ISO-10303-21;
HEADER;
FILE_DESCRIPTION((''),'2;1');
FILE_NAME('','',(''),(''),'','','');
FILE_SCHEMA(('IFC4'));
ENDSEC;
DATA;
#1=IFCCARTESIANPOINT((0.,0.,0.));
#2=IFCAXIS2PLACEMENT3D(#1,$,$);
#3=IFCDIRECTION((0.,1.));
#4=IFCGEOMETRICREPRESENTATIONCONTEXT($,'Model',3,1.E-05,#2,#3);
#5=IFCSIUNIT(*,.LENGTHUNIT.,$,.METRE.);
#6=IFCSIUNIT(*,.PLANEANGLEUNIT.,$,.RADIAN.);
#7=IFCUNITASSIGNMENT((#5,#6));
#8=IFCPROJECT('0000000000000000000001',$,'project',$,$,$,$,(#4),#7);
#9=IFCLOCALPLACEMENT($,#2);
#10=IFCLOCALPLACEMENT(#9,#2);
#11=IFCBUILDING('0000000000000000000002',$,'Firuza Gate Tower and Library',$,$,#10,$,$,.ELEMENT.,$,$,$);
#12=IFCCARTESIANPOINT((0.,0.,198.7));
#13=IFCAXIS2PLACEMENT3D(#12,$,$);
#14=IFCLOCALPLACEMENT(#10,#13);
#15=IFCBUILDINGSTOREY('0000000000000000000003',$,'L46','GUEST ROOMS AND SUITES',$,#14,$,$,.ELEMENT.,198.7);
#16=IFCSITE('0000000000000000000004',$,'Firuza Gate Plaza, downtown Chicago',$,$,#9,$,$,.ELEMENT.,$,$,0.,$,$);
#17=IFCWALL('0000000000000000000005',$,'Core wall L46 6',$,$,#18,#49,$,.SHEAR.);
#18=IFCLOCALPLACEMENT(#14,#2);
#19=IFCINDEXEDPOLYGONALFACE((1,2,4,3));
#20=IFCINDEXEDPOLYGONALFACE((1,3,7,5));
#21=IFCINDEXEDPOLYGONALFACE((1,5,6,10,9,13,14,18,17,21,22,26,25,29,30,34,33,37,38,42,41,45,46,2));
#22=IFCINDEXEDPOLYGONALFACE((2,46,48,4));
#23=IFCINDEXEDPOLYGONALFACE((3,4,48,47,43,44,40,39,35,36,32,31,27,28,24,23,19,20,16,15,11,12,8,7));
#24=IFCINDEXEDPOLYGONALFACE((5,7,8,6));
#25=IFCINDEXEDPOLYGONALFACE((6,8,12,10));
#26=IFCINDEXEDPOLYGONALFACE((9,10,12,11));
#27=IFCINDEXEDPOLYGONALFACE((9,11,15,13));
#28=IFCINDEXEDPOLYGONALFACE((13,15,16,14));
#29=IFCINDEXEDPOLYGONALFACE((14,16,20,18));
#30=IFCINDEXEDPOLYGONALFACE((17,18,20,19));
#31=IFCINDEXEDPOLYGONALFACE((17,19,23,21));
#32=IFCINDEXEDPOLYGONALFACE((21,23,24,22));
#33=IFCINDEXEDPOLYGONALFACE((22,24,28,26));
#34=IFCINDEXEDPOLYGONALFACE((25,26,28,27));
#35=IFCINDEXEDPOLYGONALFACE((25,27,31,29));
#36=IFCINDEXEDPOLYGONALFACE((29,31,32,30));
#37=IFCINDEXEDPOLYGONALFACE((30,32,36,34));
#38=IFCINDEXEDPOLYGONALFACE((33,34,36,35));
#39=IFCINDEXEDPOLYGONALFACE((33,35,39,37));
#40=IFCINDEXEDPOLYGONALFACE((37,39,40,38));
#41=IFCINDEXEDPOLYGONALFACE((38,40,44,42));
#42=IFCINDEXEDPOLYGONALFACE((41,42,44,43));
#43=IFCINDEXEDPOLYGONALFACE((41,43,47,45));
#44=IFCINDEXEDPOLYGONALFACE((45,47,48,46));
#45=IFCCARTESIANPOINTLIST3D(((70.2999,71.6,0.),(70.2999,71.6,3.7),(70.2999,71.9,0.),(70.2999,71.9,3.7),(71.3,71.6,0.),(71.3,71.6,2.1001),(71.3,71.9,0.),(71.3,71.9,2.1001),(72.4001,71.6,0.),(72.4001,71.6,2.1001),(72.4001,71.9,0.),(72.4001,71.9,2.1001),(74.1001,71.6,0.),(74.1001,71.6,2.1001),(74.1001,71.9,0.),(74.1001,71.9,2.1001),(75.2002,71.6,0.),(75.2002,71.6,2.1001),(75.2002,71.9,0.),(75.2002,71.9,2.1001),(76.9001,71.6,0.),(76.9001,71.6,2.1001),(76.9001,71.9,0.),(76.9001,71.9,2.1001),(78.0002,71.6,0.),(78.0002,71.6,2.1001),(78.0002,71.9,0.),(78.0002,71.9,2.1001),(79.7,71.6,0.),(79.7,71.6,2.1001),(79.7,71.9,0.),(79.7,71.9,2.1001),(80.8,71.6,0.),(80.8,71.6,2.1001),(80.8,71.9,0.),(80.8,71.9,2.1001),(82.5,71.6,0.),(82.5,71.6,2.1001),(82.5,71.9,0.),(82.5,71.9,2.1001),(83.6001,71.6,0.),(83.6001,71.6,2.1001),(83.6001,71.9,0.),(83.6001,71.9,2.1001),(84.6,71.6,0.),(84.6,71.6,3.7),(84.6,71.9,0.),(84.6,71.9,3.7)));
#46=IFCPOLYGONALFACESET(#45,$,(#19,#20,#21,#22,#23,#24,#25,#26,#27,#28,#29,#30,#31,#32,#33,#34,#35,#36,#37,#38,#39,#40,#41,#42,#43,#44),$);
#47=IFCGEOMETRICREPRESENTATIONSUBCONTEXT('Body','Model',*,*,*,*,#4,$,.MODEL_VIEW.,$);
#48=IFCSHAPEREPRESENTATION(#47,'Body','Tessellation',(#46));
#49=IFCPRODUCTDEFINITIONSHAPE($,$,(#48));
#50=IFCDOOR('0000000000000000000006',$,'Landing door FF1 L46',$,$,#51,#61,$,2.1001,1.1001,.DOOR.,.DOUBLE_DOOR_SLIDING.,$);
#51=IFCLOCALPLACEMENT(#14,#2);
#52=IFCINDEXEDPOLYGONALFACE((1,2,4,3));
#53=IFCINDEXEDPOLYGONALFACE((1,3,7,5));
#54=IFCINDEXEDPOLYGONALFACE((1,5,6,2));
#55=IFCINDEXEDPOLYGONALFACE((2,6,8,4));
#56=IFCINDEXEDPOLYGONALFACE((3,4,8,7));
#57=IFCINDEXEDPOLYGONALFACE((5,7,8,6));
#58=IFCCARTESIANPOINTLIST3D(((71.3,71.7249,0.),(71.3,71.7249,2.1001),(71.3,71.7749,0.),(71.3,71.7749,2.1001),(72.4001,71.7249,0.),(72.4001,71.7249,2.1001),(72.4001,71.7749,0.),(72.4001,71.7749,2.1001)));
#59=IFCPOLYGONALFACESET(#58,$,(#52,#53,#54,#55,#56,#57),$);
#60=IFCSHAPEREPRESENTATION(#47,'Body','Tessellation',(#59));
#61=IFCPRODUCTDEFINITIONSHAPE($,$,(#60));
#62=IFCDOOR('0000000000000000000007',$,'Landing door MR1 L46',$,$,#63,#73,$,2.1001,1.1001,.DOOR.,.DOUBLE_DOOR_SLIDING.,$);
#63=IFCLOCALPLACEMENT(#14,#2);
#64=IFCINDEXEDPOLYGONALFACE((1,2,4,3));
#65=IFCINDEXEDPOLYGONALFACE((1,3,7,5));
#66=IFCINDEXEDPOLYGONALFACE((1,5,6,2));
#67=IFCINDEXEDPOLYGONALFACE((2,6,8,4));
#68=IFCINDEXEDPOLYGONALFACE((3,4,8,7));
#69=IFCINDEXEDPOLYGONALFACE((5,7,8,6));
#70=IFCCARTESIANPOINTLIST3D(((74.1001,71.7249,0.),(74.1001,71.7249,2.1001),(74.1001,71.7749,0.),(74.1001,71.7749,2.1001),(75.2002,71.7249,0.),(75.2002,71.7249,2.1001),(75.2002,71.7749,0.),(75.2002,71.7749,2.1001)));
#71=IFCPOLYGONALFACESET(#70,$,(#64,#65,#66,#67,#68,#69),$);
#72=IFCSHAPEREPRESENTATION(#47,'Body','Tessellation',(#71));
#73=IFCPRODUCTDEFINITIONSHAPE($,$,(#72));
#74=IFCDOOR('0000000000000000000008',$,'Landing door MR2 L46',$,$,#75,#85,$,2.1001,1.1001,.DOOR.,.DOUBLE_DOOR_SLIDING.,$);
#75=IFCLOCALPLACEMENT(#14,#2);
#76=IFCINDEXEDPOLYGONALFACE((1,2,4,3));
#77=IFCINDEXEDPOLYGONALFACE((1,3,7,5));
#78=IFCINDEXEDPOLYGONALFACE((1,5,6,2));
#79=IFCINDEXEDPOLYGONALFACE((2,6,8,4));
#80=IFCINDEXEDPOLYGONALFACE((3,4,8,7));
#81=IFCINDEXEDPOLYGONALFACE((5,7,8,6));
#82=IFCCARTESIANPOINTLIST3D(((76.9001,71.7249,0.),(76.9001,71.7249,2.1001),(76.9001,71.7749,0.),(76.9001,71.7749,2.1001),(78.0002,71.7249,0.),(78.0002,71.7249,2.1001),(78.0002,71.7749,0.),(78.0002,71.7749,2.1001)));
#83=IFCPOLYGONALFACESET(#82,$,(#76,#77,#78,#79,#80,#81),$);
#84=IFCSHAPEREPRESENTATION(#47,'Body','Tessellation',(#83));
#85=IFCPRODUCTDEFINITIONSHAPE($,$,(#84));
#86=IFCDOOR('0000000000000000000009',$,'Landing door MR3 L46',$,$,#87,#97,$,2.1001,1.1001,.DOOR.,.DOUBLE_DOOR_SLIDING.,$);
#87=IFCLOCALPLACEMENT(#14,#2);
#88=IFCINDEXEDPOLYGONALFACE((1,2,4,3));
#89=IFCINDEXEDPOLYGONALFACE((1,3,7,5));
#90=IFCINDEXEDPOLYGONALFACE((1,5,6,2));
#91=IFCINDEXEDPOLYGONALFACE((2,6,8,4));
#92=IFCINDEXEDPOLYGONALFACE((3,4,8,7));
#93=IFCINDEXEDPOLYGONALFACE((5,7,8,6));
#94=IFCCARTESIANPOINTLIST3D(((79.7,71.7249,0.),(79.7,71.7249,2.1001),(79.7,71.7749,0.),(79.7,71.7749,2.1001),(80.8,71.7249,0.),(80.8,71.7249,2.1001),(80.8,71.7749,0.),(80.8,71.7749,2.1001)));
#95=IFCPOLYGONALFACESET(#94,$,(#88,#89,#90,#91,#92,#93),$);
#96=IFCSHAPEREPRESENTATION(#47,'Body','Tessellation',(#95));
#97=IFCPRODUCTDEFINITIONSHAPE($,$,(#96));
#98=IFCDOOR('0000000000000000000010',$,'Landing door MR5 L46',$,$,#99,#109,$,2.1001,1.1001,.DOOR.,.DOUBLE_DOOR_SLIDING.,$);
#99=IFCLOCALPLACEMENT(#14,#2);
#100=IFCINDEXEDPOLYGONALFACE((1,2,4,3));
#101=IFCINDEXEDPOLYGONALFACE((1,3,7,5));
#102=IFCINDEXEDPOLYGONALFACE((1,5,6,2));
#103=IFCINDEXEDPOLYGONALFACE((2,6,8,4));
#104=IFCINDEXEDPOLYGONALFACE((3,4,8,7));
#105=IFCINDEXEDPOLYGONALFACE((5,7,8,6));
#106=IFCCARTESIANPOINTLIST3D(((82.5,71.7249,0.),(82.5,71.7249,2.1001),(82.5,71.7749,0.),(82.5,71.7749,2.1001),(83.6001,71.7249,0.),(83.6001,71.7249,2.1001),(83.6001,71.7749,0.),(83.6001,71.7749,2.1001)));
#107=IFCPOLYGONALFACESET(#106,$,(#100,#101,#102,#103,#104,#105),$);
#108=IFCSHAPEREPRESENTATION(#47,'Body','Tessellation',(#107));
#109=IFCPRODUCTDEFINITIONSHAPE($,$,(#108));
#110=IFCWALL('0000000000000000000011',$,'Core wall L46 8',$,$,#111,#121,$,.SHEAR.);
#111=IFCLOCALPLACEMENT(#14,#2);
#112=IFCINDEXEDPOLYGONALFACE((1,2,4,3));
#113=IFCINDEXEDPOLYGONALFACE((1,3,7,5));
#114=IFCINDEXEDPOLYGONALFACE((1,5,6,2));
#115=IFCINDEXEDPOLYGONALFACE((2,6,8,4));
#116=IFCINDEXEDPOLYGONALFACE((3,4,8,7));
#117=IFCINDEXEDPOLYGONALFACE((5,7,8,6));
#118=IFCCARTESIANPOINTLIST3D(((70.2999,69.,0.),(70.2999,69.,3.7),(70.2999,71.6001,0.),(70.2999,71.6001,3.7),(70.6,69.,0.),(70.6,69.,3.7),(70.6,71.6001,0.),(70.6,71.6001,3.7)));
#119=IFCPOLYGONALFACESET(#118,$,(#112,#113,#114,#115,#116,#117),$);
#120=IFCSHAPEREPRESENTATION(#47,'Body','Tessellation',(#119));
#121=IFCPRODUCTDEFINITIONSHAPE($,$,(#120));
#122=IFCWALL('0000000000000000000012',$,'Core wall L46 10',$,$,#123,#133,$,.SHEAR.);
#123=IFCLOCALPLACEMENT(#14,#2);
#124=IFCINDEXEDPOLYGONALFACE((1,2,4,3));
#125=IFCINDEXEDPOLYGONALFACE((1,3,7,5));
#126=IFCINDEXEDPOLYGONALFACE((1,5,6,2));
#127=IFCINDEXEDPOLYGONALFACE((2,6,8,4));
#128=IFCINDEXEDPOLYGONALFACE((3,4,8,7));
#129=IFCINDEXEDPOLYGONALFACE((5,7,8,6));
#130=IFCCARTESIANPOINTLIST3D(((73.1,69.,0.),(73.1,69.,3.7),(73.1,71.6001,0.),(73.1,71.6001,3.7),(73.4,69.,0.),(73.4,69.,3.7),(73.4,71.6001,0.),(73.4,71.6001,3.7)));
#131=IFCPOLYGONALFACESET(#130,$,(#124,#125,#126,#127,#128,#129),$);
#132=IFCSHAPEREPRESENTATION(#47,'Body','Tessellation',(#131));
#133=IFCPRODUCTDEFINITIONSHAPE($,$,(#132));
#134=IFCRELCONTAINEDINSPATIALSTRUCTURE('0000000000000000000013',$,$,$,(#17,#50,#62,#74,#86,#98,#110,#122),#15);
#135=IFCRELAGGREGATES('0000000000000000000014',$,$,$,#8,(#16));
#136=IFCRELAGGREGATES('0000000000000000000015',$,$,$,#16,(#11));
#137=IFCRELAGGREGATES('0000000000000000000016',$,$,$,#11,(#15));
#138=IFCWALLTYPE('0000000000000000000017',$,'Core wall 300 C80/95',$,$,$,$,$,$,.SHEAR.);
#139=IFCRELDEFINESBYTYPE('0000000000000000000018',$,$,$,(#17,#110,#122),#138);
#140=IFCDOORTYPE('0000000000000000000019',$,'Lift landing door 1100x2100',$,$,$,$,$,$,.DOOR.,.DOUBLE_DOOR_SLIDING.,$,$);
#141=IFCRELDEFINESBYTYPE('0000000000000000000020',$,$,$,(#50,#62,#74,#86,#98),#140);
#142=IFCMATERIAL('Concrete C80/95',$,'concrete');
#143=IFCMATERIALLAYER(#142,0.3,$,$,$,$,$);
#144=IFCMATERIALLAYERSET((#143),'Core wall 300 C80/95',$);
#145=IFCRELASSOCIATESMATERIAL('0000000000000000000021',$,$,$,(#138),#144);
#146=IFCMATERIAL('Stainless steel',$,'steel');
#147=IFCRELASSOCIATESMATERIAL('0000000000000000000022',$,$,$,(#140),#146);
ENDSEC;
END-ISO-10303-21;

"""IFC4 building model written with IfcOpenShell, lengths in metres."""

from ifc_helpers import new_model, si_unit, direction, frame, frame_2d, origin, place, context, subcontext, project, spatial, rectangle, extrude, material, layer, layer_set, type_object, element, fill, save


model = new_model("IFC4")

# Units and contexts
model_context = context("Model", 3, precision=1e-05, world=origin(), true_north=direction((0.0, 1.0)))
body_context = subcontext(model_context, "Body", "Model", "MODEL_VIEW")
ifc_project = project(units=[si_unit("LENGTHUNIT", "METRE"), si_unit("PLANEANGLEUNIT", "RADIAN")], contexts=[model_context])

# Site, building, storey
site_placement = place(None, origin())
site = spatial("IfcSite", under=ifc_project, at=site_placement, Name="Firuza Gate Plaza, downtown Chicago", CompositionType="ELEMENT", RefElevation=0.0)
building_placement = place(site_placement, origin())
building = spatial("IfcBuilding", under=site, at=building_placement, Name="Firuza Gate Tower and Library", CompositionType="ELEMENT")
storey_placement = place(building_placement, frame((0.0, 0.0, 198.7)))
storey = spatial("IfcBuildingStorey", under=building, at=storey_placement, Name="L46", Description="GUEST ROOMS AND SUITES", CompositionType="ELEMENT", Elevation=198.7)

# Shared definitions
ifc_material_1 = material(Name="Concrete C80/95", Category="concrete")
ifc_layer_1 = layer(ifc_material_1, 0.3)
ifc_layer_set_1 = layer_set([ifc_layer_1], Name="Core wall 300 C80/95")
wall_type_1 = type_object("IfcWallType", Name="Core wall 300 C80/95", PredefinedType="SHEAR", material=ifc_layer_set_1)

# Wall, openings, doors
wall_1_placement = place(storey_placement, frame((70.3, 71.75, 0.0), z_axis=(0.0, 0.0, 1.0), x_axis=(1.0, 0.0, 0.0)))
wall_1 = element("IfcWall", 1, at=wall_1_placement, inside=storey, type_object=wall_type_1, Name="Core wall L46 6", PredefinedType="SHEAR", context=body_context, shape_type="SweptSolid", body=[
    extrude(rectangle(XDim=14.3, YDim=0.3, at=frame_2d((7.1499, 0.0))), origin(), (0.0, 0.0, 1.0), 3.7),
])
opening_1_placement = place(wall_1_placement, frame((1.0, 0.0, 0.0)))
opening_1 = element("IfcOpeningElement", 2, at=opening_1_placement, cuts=wall_1, PredefinedType="OPENING", context=body_context, shape_type="SweptSolid", body=[
    extrude(rectangle(XDim=1.1001, YDim=2.1001, at=frame_2d((0.55, 1.05))), frame((0.0, 0.1602, 0.0), z_axis=(0.0, -1.0, 0.0), x_axis=(1.0, 0.0, 0.0)), (0.0, 0.0, 1.0), 0.3201),
])
opening_2_placement = place(wall_1_placement, frame((3.8, 0.0, 0.0)))
opening_2 = element("IfcOpeningElement", 3, at=opening_2_placement, cuts=wall_1, PredefinedType="OPENING", context=body_context, shape_type="SweptSolid", body=[
    extrude(rectangle(XDim=1.1001, YDim=2.1001, at=frame_2d((0.55, 1.05))), frame((0.0, 0.1602, 0.0), z_axis=(0.0, -1.0, 0.0), x_axis=(1.0, 0.0, 0.0)), (0.0, 0.0, 1.0), 0.3201),
])
opening_3_placement = place(wall_1_placement, frame((6.6001, 0.0, 0.0)))
opening_3 = element("IfcOpeningElement", 4, at=opening_3_placement, cuts=wall_1, PredefinedType="OPENING", context=body_context, shape_type="SweptSolid", body=[
    extrude(rectangle(XDim=1.1001, YDim=2.1001, at=frame_2d((0.55, 1.05))), frame((0.0, 0.1602, 0.0), z_axis=(0.0, -1.0, 0.0), x_axis=(1.0, 0.0, 0.0)), (0.0, 0.0, 1.0), 0.3201),
])
opening_4_placement = place(wall_1_placement, frame((9.3999, 0.0, 0.0)))
opening_4 = element("IfcOpeningElement", 5, at=opening_4_placement, cuts=wall_1, PredefinedType="OPENING", context=body_context, shape_type="SweptSolid", body=[
    extrude(rectangle(XDim=1.1001, YDim=2.1001, at=frame_2d((0.55, 1.05))), frame((0.0, 0.1602, 0.0), z_axis=(0.0, -1.0, 0.0), x_axis=(1.0, 0.0, 0.0)), (0.0, 0.0, 1.0), 0.3201),
])
opening_5_placement = place(wall_1_placement, frame((12.2, 0.0, 0.0)))
opening_5 = element("IfcOpeningElement", 6, at=opening_5_placement, cuts=wall_1, PredefinedType="OPENING", context=body_context, shape_type="SweptSolid", body=[
    extrude(rectangle(XDim=1.1001, YDim=2.1001, at=frame_2d((0.55, 1.05))), frame((0.0, 0.1602, 0.0), z_axis=(0.0, -1.0, 0.0), x_axis=(1.0, 0.0, 0.0)), (0.0, 0.0, 1.0), 0.3201),
])
ifc_material_2 = material(Name="Stainless steel", Category="steel")
door_type_1 = type_object("IfcDoorType", Name="Lift landing door 1100x2100", OperationType="DOUBLE_DOOR_SLIDING", PredefinedType="DOOR", material=ifc_material_2)
door_1_placement = place(opening_1_placement, origin())
door_1 = element("IfcDoor", 7, at=door_1_placement, inside=storey, type_object=door_type_1, Name="Landing door FF1 L46", OperationType="DOUBLE_DOOR_SLIDING", OverallHeight=2.1001, OverallWidth=1.1001, PredefinedType="DOOR", context=body_context, shape_type="SweptSolid", body=[
    extrude(rectangle(XDim=1.1001, YDim=2.1001, at=frame_2d((0.55, 1.05))), frame((0.0, 0.0249, 0.0), z_axis=(0.0, -1.0, 0.0), x_axis=(1.0, 0.0, 0.0)), (0.0, 0.0, 1.0), 0.05),
])
fill(opening_1, door_1)
door_2_placement = place(opening_2_placement, origin())
door_2 = element("IfcDoor", 8, at=door_2_placement, inside=storey, type_object=door_type_1, Name="Landing door MR1 L46", OperationType="DOUBLE_DOOR_SLIDING", OverallHeight=2.1001, OverallWidth=1.1001, PredefinedType="DOOR", context=body_context, shape_type="SweptSolid", body=[
    extrude(rectangle(XDim=1.1001, YDim=2.1001, at=frame_2d((0.55, 1.05))), frame((0.0, 0.0249, 0.0), z_axis=(0.0, -1.0, 0.0), x_axis=(1.0, 0.0, 0.0)), (0.0, 0.0, 1.0), 0.05),
])
fill(opening_2, door_2)
door_3_placement = place(opening_3_placement, origin())
door_3 = element("IfcDoor", 9, at=door_3_placement, inside=storey, type_object=door_type_1, Name="Landing door MR2 L46", OperationType="DOUBLE_DOOR_SLIDING", OverallHeight=2.1001, OverallWidth=1.1001, PredefinedType="DOOR", context=body_context, shape_type="SweptSolid", body=[
    extrude(rectangle(XDim=1.1001, YDim=2.1001, at=frame_2d((0.55, 1.05))), frame((0.0, 0.0249, 0.0), z_axis=(0.0, -1.0, 0.0), x_axis=(1.0, 0.0, 0.0)), (0.0, 0.0, 1.0), 0.05),
])
fill(opening_3, door_3)
door_4_placement = place(opening_4_placement, origin())
door_4 = element("IfcDoor", 10, at=door_4_placement, inside=storey, type_object=door_type_1, Name="Landing door MR3 L46", OperationType="DOUBLE_DOOR_SLIDING", OverallHeight=2.1001, OverallWidth=1.1001, PredefinedType="DOOR", context=body_context, shape_type="SweptSolid", body=[
    extrude(rectangle(XDim=1.1001, YDim=2.1001, at=frame_2d((0.55, 1.05))), frame((0.0, 0.0249, 0.0), z_axis=(0.0, -1.0, 0.0), x_axis=(1.0, 0.0, 0.0)), (0.0, 0.0, 1.0), 0.05),
])
fill(opening_4, door_4)
door_5_placement = place(opening_5_placement, origin())
door_5 = element("IfcDoor", 11, at=door_5_placement, inside=storey, type_object=door_type_1, Name="Landing door MR5 L46", OperationType="DOUBLE_DOOR_SLIDING", OverallHeight=2.1001, OverallWidth=1.1001, PredefinedType="DOOR", context=body_context, shape_type="SweptSolid", body=[
    extrude(rectangle(XDim=1.1001, YDim=2.1001, at=frame_2d((0.55, 1.05))), frame((0.0, 0.0249, 0.0), z_axis=(0.0, -1.0, 0.0), x_axis=(1.0, 0.0, 0.0)), (0.0, 0.0, 1.0), 0.05),
])
fill(opening_5, door_5)

# Walls
for number, where, z_axis, x_axis, name in (
    (12, (70.45, 69.0, 0.0), (0.0, 0.0, 1.0), (0.0, 1.0, 0.0), "Core wall L46 8"),
    (13, (73.25, 69.0, 0.0), (0.0, 0.0, 1.0), (0.0, 1.0, 0.0), "Core wall L46 10"),
):
    element("IfcWall", number, at=place(storey_placement, frame(where, z_axis=z_axis, x_axis=x_axis)), inside=storey, type_object=wall_type_1, Name=name, PredefinedType="SHEAR", context=body_context, shape_type="SweptSolid", body=[
        extrude(rectangle(XDim=2.6001, YDim=0.3, at=frame_2d((1.3, 0.0))), origin(), (0.0, 0.0, 1.0), 3.7),
    ])

save(model, "model.ifc")
